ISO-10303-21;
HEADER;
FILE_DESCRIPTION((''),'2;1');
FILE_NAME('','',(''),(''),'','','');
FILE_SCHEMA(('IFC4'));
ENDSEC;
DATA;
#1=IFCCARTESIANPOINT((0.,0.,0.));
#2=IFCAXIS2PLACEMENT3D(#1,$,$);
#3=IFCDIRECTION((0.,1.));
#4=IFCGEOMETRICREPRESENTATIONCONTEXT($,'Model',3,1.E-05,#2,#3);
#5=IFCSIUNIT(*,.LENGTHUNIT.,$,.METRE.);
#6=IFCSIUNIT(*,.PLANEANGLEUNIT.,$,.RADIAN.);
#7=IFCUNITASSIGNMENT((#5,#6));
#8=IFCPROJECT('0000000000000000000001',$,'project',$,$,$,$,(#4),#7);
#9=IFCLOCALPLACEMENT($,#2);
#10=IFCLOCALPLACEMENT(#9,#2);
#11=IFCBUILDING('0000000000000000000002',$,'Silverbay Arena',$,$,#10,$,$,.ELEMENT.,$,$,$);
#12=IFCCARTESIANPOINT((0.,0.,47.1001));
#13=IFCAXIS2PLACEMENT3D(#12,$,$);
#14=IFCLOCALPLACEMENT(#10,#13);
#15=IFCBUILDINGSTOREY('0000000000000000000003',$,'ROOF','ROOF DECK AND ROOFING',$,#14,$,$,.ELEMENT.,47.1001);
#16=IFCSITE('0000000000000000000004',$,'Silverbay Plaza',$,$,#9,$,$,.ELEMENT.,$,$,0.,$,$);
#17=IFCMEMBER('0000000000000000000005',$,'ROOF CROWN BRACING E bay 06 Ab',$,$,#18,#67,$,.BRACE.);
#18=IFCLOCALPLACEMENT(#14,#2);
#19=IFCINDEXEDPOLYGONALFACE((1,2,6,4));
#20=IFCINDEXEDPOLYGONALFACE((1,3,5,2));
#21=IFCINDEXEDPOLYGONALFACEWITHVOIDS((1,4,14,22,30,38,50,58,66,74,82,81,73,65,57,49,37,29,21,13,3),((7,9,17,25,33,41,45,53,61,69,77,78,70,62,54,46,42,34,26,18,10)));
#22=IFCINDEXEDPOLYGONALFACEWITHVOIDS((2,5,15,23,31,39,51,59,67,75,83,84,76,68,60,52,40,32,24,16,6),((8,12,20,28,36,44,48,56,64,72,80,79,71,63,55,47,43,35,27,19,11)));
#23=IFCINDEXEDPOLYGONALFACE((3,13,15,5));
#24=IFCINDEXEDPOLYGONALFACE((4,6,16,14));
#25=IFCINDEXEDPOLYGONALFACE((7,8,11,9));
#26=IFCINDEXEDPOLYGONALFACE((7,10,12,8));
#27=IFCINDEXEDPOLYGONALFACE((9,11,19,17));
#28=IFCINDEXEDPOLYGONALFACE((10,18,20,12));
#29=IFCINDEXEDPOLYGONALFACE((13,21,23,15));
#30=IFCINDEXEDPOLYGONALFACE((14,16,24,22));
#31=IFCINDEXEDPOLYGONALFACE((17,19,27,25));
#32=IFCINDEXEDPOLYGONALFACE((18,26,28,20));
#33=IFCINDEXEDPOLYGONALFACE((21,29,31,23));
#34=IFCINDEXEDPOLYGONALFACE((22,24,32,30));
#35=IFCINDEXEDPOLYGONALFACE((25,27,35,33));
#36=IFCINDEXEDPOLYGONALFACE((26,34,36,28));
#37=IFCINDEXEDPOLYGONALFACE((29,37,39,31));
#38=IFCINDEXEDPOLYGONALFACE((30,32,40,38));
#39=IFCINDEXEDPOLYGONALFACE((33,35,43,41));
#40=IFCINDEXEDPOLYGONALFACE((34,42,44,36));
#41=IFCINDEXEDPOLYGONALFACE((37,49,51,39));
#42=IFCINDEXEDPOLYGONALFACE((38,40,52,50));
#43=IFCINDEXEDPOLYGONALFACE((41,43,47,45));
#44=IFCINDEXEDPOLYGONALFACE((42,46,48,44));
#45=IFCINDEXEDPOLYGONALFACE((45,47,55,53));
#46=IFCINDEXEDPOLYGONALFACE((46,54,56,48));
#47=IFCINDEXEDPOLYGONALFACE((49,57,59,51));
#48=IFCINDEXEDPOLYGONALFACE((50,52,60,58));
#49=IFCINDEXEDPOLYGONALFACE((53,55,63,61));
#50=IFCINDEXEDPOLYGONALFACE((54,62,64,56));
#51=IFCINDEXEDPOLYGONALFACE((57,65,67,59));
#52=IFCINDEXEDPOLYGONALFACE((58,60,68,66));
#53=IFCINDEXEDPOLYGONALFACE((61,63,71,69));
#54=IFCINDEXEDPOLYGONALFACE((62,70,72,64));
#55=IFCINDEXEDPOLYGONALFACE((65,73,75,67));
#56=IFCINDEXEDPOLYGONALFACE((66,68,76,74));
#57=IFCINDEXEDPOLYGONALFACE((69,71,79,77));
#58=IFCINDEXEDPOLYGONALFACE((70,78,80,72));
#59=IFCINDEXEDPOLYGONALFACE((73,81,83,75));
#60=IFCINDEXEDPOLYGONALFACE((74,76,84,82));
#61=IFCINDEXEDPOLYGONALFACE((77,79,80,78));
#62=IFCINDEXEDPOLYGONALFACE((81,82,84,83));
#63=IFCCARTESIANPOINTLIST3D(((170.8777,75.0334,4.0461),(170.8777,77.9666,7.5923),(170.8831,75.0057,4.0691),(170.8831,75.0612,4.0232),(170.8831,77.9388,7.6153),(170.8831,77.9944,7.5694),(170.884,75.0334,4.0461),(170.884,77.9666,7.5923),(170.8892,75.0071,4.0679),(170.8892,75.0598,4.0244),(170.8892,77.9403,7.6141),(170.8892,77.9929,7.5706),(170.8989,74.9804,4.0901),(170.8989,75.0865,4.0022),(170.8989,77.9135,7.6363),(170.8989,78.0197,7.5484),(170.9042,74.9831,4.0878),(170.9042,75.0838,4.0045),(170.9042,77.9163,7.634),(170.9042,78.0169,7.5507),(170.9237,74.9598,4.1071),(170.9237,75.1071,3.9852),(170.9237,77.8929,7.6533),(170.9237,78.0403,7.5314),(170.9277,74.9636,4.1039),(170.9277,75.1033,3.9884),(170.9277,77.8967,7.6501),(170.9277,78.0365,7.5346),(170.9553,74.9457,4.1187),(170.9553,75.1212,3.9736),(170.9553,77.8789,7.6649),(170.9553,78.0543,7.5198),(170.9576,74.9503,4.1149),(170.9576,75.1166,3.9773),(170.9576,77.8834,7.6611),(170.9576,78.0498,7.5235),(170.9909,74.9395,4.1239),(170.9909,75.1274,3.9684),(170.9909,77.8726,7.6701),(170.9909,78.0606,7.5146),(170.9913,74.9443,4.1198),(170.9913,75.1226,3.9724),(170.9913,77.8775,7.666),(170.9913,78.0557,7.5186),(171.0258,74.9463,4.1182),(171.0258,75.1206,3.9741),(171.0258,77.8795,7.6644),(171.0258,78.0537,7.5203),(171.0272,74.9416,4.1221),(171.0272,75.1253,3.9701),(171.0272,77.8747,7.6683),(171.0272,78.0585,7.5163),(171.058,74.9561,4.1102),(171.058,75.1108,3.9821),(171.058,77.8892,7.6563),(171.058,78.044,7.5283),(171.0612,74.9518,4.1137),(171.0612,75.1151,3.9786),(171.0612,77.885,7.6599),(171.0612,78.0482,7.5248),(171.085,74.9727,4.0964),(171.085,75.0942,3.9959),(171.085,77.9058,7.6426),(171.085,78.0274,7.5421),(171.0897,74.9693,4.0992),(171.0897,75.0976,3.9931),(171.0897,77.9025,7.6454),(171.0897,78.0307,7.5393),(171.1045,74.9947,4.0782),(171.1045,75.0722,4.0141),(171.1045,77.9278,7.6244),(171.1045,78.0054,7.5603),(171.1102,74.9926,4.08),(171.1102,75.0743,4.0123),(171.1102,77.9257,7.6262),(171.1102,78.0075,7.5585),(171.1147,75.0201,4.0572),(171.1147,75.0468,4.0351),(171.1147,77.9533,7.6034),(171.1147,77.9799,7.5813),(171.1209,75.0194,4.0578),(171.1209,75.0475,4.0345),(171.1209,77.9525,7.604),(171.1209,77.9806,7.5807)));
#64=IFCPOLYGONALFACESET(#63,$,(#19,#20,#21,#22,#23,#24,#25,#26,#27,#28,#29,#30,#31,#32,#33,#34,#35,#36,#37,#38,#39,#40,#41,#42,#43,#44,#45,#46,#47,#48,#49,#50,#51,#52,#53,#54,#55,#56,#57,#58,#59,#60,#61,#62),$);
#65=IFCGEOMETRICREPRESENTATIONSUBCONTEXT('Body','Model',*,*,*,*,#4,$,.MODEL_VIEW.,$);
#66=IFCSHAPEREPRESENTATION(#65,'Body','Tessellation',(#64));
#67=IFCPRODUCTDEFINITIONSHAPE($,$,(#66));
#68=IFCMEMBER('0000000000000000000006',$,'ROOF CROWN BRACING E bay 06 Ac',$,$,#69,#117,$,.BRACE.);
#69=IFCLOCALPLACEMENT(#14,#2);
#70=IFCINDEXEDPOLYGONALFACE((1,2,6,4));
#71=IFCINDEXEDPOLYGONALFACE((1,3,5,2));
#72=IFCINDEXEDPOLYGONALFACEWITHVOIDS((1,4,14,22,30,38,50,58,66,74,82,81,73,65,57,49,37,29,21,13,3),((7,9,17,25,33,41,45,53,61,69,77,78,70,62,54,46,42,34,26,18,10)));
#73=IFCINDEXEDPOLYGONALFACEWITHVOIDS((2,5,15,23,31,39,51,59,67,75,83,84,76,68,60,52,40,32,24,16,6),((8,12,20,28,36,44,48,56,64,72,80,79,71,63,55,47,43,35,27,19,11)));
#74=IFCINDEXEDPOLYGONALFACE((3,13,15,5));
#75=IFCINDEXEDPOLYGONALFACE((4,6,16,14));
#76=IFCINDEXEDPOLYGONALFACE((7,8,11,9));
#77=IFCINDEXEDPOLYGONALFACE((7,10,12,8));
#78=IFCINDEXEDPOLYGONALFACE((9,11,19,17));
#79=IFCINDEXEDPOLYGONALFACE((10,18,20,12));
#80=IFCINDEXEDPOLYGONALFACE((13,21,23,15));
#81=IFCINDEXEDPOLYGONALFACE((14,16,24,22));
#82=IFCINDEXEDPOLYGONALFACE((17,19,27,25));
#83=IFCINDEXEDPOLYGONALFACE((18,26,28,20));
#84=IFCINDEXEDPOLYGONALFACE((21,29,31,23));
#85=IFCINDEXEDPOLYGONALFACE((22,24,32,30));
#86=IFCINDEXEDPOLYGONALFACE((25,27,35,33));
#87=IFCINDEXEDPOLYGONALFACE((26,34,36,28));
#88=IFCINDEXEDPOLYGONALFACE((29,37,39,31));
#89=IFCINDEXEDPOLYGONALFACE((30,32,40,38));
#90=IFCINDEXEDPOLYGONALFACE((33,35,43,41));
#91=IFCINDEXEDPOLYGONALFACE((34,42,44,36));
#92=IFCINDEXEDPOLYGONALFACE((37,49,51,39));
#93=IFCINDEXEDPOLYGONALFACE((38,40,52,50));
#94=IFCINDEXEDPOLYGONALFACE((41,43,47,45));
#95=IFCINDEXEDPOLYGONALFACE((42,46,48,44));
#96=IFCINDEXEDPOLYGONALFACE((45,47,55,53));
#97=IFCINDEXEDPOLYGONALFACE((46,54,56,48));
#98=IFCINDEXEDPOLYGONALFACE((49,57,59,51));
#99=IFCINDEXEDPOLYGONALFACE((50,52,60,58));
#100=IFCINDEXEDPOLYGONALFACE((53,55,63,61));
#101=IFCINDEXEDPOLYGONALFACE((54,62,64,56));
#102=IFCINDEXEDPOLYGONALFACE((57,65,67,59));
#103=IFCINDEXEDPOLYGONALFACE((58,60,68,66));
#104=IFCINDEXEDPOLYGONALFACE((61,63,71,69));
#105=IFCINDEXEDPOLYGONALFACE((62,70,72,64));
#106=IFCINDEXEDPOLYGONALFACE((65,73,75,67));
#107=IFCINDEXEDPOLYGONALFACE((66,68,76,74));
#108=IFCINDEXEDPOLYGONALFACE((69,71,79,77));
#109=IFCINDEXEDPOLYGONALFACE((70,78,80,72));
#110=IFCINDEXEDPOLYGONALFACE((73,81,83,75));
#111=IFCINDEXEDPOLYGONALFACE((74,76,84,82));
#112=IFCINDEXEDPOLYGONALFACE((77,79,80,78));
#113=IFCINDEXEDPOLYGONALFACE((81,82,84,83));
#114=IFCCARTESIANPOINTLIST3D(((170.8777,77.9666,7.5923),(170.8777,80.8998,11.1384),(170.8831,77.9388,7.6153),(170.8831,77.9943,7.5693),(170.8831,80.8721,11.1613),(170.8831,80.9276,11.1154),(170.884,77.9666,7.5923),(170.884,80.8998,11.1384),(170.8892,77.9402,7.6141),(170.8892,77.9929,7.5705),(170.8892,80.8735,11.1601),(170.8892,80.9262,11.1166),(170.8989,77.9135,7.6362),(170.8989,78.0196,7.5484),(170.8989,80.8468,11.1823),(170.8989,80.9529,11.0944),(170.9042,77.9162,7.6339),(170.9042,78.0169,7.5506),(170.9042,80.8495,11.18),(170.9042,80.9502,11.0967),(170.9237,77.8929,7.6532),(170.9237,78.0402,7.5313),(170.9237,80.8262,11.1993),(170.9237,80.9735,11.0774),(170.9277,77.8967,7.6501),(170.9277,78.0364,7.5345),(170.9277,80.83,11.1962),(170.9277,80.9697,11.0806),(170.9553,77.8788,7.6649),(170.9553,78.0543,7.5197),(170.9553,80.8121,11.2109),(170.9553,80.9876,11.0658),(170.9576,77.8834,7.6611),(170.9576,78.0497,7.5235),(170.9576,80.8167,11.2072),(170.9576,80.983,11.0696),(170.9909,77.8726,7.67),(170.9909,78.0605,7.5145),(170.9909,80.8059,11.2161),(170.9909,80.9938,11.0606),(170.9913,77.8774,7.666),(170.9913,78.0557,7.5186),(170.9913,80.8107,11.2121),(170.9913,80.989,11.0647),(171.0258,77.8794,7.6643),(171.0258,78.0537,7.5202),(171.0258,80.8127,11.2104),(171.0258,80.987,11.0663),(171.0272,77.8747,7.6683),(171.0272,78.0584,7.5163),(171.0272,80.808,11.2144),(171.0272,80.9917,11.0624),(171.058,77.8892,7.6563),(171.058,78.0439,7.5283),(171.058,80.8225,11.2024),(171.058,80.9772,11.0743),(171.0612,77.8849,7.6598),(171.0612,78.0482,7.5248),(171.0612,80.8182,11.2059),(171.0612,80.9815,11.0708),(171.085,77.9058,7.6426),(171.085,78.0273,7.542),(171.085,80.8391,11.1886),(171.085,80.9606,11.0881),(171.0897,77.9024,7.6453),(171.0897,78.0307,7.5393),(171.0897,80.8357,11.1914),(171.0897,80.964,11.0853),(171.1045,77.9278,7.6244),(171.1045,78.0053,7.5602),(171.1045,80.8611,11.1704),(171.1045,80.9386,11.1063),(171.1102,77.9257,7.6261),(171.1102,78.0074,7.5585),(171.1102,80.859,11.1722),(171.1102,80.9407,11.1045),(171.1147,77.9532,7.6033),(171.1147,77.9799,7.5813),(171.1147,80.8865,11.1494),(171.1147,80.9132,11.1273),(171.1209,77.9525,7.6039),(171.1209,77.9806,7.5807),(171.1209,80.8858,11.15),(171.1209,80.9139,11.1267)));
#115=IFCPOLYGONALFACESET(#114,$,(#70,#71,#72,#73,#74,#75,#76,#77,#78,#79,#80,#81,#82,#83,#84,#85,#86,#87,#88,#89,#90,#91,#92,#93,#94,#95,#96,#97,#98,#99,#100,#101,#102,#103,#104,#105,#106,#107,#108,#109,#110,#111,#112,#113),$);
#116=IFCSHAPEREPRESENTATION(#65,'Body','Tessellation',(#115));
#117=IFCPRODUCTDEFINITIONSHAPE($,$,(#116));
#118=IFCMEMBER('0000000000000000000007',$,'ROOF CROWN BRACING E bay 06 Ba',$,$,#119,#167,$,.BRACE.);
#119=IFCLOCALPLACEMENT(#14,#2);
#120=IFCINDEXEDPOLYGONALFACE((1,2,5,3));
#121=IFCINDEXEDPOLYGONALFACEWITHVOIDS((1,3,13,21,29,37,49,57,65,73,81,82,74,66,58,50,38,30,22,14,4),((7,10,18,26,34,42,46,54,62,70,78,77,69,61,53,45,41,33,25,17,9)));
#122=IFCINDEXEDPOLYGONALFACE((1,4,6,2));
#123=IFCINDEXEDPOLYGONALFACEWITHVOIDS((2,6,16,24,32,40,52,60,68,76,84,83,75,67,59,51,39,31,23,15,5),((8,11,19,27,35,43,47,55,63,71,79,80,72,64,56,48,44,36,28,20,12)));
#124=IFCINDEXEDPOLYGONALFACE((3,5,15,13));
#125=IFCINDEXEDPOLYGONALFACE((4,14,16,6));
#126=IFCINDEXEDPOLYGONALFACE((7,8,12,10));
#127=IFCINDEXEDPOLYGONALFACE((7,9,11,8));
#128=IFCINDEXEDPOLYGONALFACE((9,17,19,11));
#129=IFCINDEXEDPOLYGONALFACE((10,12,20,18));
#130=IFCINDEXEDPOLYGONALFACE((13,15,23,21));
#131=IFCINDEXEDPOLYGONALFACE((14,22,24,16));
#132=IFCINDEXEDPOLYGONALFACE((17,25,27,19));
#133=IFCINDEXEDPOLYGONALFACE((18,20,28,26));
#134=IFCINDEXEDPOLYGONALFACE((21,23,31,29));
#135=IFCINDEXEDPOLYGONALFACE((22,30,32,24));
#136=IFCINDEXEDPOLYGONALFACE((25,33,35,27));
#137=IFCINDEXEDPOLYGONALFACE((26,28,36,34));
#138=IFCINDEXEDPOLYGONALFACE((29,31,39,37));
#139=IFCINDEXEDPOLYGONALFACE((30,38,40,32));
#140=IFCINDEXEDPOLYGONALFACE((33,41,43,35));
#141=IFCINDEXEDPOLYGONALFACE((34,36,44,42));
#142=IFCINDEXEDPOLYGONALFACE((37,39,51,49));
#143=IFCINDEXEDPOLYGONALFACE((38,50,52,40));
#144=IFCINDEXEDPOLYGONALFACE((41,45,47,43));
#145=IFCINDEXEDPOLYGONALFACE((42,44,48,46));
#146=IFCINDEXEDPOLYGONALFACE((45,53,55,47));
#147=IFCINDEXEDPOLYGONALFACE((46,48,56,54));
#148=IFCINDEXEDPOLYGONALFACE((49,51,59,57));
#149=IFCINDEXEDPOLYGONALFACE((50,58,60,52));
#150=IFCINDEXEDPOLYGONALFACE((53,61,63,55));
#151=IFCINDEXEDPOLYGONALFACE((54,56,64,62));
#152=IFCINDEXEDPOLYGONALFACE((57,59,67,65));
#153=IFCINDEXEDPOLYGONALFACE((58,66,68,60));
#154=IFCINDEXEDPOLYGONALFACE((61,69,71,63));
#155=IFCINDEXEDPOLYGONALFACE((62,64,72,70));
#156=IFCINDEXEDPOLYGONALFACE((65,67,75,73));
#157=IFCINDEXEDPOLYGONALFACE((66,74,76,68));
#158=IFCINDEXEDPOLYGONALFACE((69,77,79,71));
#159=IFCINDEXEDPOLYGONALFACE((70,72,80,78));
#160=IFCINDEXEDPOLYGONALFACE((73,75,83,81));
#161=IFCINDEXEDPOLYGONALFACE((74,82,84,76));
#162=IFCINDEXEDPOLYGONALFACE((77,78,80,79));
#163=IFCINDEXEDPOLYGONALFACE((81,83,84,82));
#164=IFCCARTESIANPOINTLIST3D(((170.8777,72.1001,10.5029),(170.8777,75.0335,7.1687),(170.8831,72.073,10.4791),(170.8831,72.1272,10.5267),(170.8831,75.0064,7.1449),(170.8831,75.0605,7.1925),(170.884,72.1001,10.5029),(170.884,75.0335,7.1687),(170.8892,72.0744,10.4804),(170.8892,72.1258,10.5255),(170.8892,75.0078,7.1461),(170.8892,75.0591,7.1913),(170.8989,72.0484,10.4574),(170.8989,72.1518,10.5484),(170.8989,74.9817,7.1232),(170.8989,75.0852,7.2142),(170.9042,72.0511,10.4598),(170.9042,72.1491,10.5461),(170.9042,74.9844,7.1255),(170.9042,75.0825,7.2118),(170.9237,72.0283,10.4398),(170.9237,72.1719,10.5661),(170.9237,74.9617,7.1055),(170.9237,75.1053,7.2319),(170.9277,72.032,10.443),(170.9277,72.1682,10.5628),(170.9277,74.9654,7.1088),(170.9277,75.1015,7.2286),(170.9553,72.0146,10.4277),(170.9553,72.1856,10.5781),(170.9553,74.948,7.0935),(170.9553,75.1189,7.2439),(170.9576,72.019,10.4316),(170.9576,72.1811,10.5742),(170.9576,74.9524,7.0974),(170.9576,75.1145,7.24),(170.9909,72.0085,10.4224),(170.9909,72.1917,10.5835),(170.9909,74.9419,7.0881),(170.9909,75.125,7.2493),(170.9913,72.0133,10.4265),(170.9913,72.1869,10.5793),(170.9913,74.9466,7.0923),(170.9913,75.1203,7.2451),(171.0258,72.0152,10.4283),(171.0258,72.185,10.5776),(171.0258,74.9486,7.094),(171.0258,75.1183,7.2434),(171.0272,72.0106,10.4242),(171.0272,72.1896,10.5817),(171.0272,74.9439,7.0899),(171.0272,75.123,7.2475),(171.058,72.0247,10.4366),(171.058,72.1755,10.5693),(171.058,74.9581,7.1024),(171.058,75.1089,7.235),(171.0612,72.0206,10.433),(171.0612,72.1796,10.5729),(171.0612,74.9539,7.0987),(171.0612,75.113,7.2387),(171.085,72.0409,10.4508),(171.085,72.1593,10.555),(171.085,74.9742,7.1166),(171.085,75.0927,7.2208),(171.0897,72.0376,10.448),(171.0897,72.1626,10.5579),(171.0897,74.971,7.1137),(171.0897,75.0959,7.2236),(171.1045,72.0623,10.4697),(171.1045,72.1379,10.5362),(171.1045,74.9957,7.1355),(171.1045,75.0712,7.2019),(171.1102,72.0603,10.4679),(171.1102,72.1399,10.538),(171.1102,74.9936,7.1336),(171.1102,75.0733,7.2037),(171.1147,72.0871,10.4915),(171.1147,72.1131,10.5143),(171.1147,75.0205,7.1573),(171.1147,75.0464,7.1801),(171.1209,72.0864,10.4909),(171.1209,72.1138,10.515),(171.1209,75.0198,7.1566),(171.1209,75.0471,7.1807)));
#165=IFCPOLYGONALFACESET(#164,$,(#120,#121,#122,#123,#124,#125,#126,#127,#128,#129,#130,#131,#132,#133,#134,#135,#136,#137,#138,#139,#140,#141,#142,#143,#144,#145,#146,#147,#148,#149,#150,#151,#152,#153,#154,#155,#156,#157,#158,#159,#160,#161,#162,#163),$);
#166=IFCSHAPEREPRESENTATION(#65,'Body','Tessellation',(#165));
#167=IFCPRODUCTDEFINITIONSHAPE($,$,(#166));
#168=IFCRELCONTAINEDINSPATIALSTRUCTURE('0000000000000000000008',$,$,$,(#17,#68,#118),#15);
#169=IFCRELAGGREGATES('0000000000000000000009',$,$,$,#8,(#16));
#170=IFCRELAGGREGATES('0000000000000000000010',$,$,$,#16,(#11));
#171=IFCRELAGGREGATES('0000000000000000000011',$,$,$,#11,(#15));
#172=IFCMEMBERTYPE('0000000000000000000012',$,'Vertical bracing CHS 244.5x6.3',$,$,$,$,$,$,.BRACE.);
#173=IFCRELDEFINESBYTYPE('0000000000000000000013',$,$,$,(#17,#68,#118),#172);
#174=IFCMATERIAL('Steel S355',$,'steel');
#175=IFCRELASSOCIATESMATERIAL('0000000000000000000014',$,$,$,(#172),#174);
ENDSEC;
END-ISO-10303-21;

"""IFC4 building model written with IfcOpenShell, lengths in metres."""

from ifc_helpers import new_model, si_unit, direction, frame, origin, origin_2d, place, context, subcontext, project, spatial, hollow_circle, extrude, material, material_profile, profile_set, type_object, element, save


model = new_model("IFC4")

# Units and contexts
model_context = context("Model", 3, precision=1e-05, world=origin(), true_north=direction((0.0, 1.0)))
body_context = subcontext(model_context, "Body", "Model", "MODEL_VIEW")
ifc_project = project(units=[si_unit("LENGTHUNIT", "METRE"), si_unit("PLANEANGLEUNIT", "RADIAN")], contexts=[model_context])

# Site, building, storey
site_placement = place(None, origin())
site = spatial("IfcSite", under=ifc_project, at=site_placement, Name="Silverbay Plaza", CompositionType="ELEMENT", RefElevation=0.0)
building_placement = place(site_placement, origin())
building = spatial("IfcBuilding", under=site, at=building_placement, Name="Silverbay Arena", CompositionType="ELEMENT")
storey_placement = place(building_placement, frame((0.0, 0.0, 47.1001)))
storey = spatial("IfcBuildingStorey", under=building, at=storey_placement, Name="ROOF", Description="ROOF DECK AND ROOFING", CompositionType="ELEMENT", Elevation=47.1001)

# Members
ifc_material_1 = material(Name="Steel S355", Category="steel")
ifc_material_profile_1 = material_profile(ifc_material_1, hollow_circle(Radius=0.1223, WallThickness=0.0063, at=origin_2d()), Name="CHS 244.5x6.3")
ifc_profile_set_1 = profile_set([ifc_material_profile_1], Name="Steel S355")
member_type_1 = type_object("IfcMemberType", Name="Vertical bracing CHS 244.5x6.3", PredefinedType="BRACE", material=ifc_profile_set_1)
for number, where, z_axis, x_axis, name in (
    (1, (171.0, 75.0334, 4.0461), (0.0, 0.637357, 0.770569), (-1.0, 0.0, 0.0), "ROOF CROWN BRACING E bay 06 Ab"),
    (2, (171.0, 77.9666, 7.5923), (0.0, 0.637389, 0.770543), (-1.0, 0.0, 0.0), "ROOF CROWN BRACING E bay 06 Ac"),
):
    element("IfcMember", number, at=place(storey_placement, frame(where, z_axis=z_axis, x_axis=x_axis)), inside=storey, type_object=member_type_1, Name=name, PredefinedType="BRACE", context=body_context, shape_type="SweptSolid", body=[
        extrude(hollow_circle(Radius=0.1223, WallThickness=0.0063, at=origin_2d()), origin(), (0.0, 0.0, 1.0), 4.6021),
    ])
for number, where, z_axis, x_axis, name in (
    (3, (171.0, 72.1001, 10.5029), (0.0, 0.66053, -0.7508), (-1.0, 0.0, 0.0), "ROOF CROWN BRACING E bay 06 Ba"),
):
    element("IfcMember", number, at=place(storey_placement, frame(where, z_axis=z_axis, x_axis=x_axis)), inside=storey, type_object=member_type_1, Name=name, PredefinedType="BRACE", context=body_context, shape_type="SweptSolid", body=[
        extrude(hollow_circle(Radius=0.1223, WallThickness=0.0063, at=origin_2d()), origin(), (0.0, 0.0, 1.0), 4.4409),
    ])

save(model, "model.ifc")
